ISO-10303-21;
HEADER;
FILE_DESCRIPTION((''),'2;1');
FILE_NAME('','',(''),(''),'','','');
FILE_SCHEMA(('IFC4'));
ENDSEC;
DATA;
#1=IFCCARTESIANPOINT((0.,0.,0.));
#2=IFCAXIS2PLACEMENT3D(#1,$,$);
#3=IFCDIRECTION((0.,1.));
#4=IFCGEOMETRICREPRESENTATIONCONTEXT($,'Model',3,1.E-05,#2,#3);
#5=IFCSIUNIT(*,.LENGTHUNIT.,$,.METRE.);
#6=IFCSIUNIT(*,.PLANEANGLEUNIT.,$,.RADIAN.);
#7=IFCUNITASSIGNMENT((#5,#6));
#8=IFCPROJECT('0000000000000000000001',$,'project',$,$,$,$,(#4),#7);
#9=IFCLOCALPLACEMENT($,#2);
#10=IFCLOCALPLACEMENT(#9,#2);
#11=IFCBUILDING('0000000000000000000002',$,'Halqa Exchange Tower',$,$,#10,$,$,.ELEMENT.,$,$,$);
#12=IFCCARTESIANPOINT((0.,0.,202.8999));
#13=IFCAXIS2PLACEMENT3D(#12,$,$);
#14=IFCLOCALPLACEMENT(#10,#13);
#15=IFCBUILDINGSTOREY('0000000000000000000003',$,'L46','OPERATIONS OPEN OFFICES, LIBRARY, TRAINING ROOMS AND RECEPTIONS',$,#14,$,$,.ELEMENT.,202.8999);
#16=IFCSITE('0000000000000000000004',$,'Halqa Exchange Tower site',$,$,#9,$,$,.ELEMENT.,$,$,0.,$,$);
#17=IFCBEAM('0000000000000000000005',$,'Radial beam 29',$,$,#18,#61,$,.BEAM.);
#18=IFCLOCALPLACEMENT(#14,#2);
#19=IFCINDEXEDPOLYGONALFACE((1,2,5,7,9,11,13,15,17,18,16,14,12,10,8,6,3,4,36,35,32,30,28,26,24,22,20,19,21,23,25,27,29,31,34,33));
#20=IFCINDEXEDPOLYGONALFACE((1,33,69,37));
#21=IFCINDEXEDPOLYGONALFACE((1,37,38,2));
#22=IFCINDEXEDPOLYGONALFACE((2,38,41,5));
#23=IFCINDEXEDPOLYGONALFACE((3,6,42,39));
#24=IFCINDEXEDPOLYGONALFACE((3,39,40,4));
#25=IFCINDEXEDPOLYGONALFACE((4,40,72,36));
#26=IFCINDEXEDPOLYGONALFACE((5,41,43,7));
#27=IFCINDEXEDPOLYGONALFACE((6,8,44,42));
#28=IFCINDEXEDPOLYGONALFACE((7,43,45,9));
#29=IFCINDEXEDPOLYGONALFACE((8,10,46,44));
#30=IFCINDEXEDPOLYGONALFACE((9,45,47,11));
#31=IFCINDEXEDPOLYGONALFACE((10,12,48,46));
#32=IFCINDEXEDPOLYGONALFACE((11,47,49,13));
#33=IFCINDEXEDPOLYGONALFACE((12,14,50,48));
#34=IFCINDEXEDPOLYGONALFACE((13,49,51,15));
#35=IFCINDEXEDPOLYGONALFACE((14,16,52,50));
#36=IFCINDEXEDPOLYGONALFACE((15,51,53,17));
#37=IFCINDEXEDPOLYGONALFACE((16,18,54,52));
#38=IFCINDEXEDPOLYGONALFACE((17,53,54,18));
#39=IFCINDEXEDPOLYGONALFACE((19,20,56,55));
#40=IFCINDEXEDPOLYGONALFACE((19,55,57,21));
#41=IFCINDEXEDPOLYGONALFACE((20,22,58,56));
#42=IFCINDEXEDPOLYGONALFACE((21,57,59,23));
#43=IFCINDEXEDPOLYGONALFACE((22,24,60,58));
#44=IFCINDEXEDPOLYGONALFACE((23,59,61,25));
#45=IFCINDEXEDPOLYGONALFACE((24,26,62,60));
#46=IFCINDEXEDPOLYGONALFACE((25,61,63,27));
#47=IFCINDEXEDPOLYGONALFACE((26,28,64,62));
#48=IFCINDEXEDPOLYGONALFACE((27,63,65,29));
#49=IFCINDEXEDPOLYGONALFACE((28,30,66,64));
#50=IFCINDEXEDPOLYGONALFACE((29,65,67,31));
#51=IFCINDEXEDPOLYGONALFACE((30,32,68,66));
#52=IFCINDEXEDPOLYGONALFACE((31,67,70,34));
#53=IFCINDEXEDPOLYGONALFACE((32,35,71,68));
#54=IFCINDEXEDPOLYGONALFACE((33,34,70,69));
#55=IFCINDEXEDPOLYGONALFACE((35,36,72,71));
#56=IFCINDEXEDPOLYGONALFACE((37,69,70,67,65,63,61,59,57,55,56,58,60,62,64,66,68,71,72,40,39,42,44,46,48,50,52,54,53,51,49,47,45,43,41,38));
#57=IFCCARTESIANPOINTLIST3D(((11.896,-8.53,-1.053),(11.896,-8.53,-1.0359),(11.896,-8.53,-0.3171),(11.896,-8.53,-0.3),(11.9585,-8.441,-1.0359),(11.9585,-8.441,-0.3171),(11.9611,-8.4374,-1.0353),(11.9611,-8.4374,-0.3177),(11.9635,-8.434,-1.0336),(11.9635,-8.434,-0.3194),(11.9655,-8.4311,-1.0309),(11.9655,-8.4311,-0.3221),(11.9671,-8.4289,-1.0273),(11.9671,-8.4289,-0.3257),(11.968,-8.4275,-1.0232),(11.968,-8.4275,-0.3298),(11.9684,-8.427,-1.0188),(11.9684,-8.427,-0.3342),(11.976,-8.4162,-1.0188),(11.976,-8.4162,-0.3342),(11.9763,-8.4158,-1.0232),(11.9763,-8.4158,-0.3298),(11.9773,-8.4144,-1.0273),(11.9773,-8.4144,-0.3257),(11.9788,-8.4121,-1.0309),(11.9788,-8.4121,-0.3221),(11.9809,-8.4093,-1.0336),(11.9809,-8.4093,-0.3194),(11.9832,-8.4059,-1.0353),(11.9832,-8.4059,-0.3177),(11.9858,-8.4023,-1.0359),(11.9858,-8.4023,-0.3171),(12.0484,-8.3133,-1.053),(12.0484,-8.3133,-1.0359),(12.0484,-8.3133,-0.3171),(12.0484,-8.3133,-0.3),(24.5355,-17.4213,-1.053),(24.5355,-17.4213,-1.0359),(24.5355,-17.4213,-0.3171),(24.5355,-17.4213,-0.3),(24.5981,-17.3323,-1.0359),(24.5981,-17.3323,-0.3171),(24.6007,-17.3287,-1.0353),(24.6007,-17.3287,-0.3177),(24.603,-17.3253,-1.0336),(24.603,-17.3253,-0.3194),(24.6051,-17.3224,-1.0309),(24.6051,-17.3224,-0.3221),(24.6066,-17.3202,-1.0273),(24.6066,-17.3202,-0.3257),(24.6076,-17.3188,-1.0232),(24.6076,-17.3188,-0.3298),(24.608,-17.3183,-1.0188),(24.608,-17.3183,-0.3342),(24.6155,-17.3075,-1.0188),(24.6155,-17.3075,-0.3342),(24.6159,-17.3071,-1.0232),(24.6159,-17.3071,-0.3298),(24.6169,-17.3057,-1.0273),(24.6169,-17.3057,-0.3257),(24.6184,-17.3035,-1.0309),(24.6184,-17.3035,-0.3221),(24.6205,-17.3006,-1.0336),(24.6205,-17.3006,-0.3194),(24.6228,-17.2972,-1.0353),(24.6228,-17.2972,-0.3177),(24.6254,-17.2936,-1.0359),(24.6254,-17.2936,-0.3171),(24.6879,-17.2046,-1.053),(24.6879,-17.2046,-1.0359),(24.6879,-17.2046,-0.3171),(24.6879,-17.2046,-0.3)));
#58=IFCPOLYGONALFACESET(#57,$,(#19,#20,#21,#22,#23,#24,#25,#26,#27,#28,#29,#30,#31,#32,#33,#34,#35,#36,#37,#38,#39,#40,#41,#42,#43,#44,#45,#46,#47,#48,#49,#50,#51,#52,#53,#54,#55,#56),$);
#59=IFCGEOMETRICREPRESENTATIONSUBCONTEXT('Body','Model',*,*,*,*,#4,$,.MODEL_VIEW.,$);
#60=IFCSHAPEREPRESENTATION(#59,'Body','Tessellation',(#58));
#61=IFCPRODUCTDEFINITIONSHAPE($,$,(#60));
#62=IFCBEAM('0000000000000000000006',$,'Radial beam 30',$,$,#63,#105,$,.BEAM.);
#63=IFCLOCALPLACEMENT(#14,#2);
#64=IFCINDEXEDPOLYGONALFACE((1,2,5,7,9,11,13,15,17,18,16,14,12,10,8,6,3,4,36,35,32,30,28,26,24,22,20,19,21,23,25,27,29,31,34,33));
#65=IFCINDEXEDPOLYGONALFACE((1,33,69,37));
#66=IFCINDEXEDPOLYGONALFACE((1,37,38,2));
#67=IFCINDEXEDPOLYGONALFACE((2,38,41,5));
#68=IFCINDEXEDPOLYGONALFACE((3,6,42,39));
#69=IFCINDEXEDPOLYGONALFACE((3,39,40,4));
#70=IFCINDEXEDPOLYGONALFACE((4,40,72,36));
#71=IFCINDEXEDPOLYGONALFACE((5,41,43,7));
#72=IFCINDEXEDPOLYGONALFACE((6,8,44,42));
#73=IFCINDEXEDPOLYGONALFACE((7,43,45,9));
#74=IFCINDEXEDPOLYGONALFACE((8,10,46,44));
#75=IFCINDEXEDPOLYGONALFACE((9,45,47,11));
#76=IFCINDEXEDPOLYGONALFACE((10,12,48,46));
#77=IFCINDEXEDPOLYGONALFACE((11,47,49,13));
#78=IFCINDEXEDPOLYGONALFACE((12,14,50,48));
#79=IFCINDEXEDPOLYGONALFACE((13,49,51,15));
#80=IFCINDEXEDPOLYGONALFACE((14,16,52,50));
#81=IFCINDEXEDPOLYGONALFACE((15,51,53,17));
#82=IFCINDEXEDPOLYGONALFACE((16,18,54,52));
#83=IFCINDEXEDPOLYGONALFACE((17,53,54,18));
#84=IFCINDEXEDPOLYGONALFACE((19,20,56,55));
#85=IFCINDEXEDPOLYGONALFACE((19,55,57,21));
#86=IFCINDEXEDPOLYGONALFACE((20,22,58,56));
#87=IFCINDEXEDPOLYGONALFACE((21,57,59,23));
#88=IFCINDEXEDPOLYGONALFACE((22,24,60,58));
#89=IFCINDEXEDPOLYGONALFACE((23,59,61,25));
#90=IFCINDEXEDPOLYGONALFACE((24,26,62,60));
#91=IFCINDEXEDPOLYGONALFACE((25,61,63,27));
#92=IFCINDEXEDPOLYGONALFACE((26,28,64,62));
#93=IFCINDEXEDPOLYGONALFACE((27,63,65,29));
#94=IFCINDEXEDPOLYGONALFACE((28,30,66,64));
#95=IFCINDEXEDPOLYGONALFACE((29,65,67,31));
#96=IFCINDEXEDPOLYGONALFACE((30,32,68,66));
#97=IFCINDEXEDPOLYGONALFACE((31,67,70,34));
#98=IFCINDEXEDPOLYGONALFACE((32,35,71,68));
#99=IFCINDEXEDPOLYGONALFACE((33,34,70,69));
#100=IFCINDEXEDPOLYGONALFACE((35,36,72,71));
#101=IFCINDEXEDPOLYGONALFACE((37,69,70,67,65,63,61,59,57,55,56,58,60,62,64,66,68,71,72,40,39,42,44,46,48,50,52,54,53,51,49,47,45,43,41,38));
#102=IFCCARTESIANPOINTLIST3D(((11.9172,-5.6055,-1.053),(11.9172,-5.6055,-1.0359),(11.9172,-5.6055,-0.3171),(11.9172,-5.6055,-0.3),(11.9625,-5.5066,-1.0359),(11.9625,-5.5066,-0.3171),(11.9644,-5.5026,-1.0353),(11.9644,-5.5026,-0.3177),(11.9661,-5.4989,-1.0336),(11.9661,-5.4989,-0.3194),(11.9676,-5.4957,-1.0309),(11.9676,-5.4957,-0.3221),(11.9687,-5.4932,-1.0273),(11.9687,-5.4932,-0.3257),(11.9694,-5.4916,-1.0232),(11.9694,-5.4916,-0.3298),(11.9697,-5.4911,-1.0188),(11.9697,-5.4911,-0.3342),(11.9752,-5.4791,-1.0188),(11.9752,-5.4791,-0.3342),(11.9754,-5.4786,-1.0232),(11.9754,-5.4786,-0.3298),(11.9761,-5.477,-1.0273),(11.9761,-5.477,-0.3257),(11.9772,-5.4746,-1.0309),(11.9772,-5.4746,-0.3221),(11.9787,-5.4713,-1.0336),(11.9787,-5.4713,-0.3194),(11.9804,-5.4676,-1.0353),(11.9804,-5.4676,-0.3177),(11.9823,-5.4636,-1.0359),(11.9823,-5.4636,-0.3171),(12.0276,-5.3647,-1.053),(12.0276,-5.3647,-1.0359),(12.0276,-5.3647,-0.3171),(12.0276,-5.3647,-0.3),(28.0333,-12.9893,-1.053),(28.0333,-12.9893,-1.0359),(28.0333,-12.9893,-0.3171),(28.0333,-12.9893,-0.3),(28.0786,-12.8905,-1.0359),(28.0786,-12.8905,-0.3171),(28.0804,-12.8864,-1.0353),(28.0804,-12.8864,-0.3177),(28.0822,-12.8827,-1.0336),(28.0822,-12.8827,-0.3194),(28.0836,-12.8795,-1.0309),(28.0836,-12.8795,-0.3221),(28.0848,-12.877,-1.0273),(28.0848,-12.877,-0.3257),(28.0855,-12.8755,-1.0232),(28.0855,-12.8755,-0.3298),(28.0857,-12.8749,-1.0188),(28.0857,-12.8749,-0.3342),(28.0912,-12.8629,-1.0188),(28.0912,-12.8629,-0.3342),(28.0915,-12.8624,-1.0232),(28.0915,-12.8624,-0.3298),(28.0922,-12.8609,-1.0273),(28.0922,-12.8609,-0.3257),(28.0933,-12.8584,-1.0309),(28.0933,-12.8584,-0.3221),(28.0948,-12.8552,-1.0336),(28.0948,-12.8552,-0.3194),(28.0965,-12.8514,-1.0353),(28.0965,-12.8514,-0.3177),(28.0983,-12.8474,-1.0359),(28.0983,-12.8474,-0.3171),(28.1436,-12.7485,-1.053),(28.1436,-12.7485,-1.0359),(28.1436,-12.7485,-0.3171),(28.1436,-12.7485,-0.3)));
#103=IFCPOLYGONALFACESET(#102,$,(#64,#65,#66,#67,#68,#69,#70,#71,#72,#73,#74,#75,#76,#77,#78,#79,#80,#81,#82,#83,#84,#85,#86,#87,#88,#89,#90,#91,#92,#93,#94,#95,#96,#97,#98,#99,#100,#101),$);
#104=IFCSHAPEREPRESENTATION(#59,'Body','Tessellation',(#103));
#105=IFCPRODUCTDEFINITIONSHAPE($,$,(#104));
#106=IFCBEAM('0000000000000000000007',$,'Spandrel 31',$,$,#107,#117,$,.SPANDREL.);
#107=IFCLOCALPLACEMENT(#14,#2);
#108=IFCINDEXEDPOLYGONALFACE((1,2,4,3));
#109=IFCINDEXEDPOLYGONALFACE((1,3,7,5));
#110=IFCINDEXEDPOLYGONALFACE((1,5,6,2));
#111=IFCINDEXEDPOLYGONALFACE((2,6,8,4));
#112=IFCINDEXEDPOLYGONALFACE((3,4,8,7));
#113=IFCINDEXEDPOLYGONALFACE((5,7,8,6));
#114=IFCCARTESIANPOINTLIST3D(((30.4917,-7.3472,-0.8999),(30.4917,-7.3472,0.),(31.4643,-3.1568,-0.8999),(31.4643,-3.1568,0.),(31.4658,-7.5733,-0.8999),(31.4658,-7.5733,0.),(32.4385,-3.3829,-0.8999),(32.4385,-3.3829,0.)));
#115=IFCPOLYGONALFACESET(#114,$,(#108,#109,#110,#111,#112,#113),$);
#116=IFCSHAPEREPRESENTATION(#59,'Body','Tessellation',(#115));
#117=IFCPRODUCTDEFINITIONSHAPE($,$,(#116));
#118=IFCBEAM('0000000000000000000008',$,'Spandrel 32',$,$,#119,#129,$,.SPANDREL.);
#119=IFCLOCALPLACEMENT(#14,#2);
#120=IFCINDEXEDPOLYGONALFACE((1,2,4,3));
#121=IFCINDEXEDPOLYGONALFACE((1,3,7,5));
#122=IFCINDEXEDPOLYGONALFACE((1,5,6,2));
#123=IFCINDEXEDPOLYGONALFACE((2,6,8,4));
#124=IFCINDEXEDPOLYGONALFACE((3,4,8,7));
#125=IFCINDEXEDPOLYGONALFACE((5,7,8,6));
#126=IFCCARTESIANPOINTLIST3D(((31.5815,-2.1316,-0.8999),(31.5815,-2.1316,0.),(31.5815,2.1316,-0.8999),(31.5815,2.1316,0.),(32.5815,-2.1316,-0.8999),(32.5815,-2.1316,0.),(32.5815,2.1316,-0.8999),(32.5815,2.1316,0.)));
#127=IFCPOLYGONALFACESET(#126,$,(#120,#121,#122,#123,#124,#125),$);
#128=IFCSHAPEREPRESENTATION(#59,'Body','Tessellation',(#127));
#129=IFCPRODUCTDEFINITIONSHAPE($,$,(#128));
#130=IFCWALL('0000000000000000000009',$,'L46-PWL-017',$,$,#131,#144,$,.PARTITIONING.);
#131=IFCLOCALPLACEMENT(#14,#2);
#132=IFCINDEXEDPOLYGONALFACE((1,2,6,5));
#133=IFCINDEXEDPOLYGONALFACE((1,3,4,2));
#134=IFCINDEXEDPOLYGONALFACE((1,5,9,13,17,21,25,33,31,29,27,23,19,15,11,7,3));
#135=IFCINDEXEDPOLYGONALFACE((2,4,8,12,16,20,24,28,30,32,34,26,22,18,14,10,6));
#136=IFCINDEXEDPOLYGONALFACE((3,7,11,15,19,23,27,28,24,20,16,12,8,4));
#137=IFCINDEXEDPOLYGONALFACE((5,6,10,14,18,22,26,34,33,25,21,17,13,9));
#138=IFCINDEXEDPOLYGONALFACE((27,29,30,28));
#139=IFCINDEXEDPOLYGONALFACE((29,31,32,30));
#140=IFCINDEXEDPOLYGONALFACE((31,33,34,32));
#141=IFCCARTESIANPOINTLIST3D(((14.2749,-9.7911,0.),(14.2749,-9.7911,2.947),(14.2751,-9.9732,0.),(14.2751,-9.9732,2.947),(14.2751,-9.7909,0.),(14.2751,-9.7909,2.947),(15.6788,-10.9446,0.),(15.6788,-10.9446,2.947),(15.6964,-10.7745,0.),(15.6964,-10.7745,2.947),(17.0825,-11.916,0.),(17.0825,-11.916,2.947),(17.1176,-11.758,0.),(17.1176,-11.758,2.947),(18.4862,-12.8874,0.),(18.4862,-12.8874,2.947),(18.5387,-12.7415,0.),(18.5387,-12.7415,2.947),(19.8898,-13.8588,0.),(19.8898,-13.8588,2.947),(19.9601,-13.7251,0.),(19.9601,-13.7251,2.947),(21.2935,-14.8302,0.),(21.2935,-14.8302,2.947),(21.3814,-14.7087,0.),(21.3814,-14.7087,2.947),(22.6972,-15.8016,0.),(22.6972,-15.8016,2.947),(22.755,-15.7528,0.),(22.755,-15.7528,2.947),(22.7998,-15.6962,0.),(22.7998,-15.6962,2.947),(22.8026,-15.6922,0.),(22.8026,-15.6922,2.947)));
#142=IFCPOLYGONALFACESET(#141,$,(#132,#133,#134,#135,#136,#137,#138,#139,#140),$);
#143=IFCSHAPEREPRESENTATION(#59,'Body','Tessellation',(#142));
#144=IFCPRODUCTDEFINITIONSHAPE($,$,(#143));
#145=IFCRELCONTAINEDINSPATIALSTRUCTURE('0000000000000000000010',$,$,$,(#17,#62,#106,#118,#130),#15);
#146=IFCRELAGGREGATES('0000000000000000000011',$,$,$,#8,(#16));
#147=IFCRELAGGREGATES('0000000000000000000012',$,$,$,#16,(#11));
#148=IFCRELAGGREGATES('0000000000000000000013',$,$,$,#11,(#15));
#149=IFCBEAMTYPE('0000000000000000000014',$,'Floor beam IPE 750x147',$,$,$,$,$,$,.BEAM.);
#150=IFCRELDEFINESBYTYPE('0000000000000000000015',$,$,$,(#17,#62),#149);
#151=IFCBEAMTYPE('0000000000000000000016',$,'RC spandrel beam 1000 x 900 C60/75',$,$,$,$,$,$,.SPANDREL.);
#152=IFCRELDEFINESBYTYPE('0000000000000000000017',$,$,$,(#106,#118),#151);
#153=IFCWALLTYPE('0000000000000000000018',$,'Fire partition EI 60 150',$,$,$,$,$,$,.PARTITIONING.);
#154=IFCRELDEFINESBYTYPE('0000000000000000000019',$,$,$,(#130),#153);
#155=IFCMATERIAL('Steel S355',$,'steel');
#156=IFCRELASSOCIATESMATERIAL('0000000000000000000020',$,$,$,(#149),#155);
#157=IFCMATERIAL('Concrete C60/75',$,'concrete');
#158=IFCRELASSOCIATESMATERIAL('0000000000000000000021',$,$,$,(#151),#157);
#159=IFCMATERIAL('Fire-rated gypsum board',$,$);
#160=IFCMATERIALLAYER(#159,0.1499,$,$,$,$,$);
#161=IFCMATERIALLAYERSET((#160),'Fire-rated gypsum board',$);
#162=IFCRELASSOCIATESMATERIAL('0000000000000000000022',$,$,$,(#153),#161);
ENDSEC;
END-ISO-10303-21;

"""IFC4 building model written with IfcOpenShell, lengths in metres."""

from ifc_helpers import new_model, si_unit, direction, frame, origin, origin_2d, place, context, subcontext, project, spatial, polyline, rectangle, i_section, outline, extrude, material, layer, layer_set, material_profile, profile_set, type_object, element, save


model = new_model("IFC4")

# Units and contexts
model_context = context("Model", 3, precision=1e-05, world=origin(), true_north=direction((0.0, 1.0)))
body_context = subcontext(model_context, "Body", "Model", "MODEL_VIEW")
ifc_project = project(units=[si_unit("LENGTHUNIT", "METRE"), si_unit("PLANEANGLEUNIT", "RADIAN")], contexts=[model_context])

# Site, building, storey
site_placement = place(None, origin())
site = spatial("IfcSite", under=ifc_project, at=site_placement, Name="Halqa Exchange Tower site", CompositionType="ELEMENT", RefElevation=0.0)
building_placement = place(site_placement, origin())
building = spatial("IfcBuilding", under=site, at=building_placement, Name="Halqa Exchange Tower", CompositionType="ELEMENT")
storey_placement = place(building_placement, frame((0.0, 0.0, 202.8999)))
storey = spatial("IfcBuildingStorey", under=building, at=storey_placement, Name="L46", Description="OPERATIONS OPEN OFFICES, LIBRARY, TRAINING ROOMS AND RECEPTIONS", CompositionType="ELEMENT", Elevation=202.8999)

# Shared definitions
ifc_material_1 = material(Name="Concrete C60/75", Category="concrete")

# Beams
ifc_material_2 = material(Name="Steel S355", Category="steel")
ifc_material_profile_1 = material_profile(ifc_material_2, i_section(OverallWidth=0.2649, OverallDepth=0.7529, WebThickness=0.0132, FlangeThickness=0.0171, FilletRadius=0.0171, at=origin_2d()), Name="IPE 750x147")
ifc_profile_set_1 = profile_set([ifc_material_profile_1], Name="Steel S355")
beam_type_1 = type_object("IfcBeamType", Name="Floor beam IPE 750x147", PredefinedType="BEAM", material=ifc_profile_set_1)
beam_1_placement = place(storey_placement, frame((11.9722, -8.4216, -0.6765), z_axis=(0.817904, -0.575354, 0.0), x_axis=(0.575354, 0.817904, 0.0)))
element("IfcBeam", 1, at=beam_1_placement, inside=storey, type_object=beam_type_1, Name="Radial beam 29", PredefinedType="BEAM", context=body_context, shape_type="SweptSolid", body=[
    extrude(i_section(OverallWidth=0.2649, OverallDepth=0.7529, WebThickness=0.0132, FlangeThickness=0.0171, FilletRadius=0.0171, at=origin_2d()), origin(), (0.0, 0.0, 1.0), 15.4536),
])
beam_2_placement = place(storey_placement, frame((11.9724, -5.4851, -0.6765), z_axis=(0.909122, -0.416529, 0.0), x_axis=(0.416529, 0.909122, 0.0)))
element("IfcBeam", 2, at=beam_2_placement, inside=storey, type_object=beam_type_1, Name="Radial beam 30", PredefinedType="BEAM", context=body_context, shape_type="SweptSolid", body=[
    extrude(i_section(OverallWidth=0.2649, OverallDepth=0.7529, WebThickness=0.0132, FlangeThickness=0.0171, FilletRadius=0.0171, at=origin_2d()), origin(), (0.0, 0.0, 1.0), 17.7271),
])
ifc_material_profile_2 = material_profile(ifc_material_1, rectangle(XDim=1.0, YDim=0.8999, at=origin_2d()), Name="1000 x 900")
ifc_profile_set_2 = profile_set([ifc_material_profile_2], Name="Concrete C60/75")
beam_type_2 = type_object("IfcBeamType", Name="RC spandrel beam 1000 x 900 C60/75", PredefinedType="SPANDREL", material=ifc_profile_set_2)
beam_3_placement = place(storey_placement, frame((30.9788, -7.4602, -0.45), z_axis=(0.226103, 0.974103, 0.0), x_axis=(-0.974103, 0.226103, 0.0)))
element("IfcBeam", 3, at=beam_3_placement, inside=storey, type_object=beam_type_2, Name="Spandrel 31", PredefinedType="SPANDREL", context=body_context, shape_type="SweptSolid", body=[
    extrude(rectangle(XDim=1.0, YDim=0.8999, at=origin_2d()), origin(), (0.0, 0.0, 1.0), 4.3018),
])
beam_4_placement = place(storey_placement, frame((32.0815, -2.1316, -0.45), z_axis=(0.0, 1.0, 0.0), x_axis=(-1.0, 0.0, 0.0)))
element("IfcBeam", 4, at=beam_4_placement, inside=storey, type_object=beam_type_2, Name="Spandrel 32", PredefinedType="SPANDREL", context=body_context, shape_type="SweptSolid", body=[
    extrude(rectangle(XDim=1.0, YDim=0.8999, at=origin_2d()), origin(), (0.0, 0.0, 1.0), 4.2632),
])

# Wall
ifc_material_3 = material(Name="Fire-rated gypsum board")
ifc_layer_1 = layer(ifc_material_3, 0.1499)
ifc_layer_set_1 = layer_set([ifc_layer_1], Name="Fire-rated gypsum board")
wall_type_1 = type_object("IfcWallType", Name="Fire partition EI 60 150", PredefinedType="PARTITIONING", material=ifc_layer_set_1)
wall_1_placement = place(storey_placement, frame((14.2324, -9.8525, 0.0), z_axis=(0.0, 0.0, 1.0), x_axis=(0.822298, -0.569057, 0.0)))
element("IfcWall", 5, at=wall_1_placement, inside=storey, type_object=wall_type_1, Name="L46-PWL-017", PredefinedType="PARTITIONING", context=body_context, shape_type="SweptSolid", body=[
    extrude(outline(polyline([(0.1038, -0.075), (1.8108, -0.075), (3.5178, -0.075), (5.2249, -0.075), (6.9319, -0.075), (8.6389, -0.075), (10.3459, -0.075), (10.3657, -0.002), (10.3704, 0.0701), (10.3704, 0.075), (8.6421, 0.075), (6.9136, 0.075), (5.1851, 0.075), (3.4568, 0.075), (1.7285, 0.075), (0.0, 0.075), (0.0, 0.0747), (0.1038, -0.075)])), origin(), (0.0, 0.0, 1.0), 2.947),
])

save(model, "model.ifc")
